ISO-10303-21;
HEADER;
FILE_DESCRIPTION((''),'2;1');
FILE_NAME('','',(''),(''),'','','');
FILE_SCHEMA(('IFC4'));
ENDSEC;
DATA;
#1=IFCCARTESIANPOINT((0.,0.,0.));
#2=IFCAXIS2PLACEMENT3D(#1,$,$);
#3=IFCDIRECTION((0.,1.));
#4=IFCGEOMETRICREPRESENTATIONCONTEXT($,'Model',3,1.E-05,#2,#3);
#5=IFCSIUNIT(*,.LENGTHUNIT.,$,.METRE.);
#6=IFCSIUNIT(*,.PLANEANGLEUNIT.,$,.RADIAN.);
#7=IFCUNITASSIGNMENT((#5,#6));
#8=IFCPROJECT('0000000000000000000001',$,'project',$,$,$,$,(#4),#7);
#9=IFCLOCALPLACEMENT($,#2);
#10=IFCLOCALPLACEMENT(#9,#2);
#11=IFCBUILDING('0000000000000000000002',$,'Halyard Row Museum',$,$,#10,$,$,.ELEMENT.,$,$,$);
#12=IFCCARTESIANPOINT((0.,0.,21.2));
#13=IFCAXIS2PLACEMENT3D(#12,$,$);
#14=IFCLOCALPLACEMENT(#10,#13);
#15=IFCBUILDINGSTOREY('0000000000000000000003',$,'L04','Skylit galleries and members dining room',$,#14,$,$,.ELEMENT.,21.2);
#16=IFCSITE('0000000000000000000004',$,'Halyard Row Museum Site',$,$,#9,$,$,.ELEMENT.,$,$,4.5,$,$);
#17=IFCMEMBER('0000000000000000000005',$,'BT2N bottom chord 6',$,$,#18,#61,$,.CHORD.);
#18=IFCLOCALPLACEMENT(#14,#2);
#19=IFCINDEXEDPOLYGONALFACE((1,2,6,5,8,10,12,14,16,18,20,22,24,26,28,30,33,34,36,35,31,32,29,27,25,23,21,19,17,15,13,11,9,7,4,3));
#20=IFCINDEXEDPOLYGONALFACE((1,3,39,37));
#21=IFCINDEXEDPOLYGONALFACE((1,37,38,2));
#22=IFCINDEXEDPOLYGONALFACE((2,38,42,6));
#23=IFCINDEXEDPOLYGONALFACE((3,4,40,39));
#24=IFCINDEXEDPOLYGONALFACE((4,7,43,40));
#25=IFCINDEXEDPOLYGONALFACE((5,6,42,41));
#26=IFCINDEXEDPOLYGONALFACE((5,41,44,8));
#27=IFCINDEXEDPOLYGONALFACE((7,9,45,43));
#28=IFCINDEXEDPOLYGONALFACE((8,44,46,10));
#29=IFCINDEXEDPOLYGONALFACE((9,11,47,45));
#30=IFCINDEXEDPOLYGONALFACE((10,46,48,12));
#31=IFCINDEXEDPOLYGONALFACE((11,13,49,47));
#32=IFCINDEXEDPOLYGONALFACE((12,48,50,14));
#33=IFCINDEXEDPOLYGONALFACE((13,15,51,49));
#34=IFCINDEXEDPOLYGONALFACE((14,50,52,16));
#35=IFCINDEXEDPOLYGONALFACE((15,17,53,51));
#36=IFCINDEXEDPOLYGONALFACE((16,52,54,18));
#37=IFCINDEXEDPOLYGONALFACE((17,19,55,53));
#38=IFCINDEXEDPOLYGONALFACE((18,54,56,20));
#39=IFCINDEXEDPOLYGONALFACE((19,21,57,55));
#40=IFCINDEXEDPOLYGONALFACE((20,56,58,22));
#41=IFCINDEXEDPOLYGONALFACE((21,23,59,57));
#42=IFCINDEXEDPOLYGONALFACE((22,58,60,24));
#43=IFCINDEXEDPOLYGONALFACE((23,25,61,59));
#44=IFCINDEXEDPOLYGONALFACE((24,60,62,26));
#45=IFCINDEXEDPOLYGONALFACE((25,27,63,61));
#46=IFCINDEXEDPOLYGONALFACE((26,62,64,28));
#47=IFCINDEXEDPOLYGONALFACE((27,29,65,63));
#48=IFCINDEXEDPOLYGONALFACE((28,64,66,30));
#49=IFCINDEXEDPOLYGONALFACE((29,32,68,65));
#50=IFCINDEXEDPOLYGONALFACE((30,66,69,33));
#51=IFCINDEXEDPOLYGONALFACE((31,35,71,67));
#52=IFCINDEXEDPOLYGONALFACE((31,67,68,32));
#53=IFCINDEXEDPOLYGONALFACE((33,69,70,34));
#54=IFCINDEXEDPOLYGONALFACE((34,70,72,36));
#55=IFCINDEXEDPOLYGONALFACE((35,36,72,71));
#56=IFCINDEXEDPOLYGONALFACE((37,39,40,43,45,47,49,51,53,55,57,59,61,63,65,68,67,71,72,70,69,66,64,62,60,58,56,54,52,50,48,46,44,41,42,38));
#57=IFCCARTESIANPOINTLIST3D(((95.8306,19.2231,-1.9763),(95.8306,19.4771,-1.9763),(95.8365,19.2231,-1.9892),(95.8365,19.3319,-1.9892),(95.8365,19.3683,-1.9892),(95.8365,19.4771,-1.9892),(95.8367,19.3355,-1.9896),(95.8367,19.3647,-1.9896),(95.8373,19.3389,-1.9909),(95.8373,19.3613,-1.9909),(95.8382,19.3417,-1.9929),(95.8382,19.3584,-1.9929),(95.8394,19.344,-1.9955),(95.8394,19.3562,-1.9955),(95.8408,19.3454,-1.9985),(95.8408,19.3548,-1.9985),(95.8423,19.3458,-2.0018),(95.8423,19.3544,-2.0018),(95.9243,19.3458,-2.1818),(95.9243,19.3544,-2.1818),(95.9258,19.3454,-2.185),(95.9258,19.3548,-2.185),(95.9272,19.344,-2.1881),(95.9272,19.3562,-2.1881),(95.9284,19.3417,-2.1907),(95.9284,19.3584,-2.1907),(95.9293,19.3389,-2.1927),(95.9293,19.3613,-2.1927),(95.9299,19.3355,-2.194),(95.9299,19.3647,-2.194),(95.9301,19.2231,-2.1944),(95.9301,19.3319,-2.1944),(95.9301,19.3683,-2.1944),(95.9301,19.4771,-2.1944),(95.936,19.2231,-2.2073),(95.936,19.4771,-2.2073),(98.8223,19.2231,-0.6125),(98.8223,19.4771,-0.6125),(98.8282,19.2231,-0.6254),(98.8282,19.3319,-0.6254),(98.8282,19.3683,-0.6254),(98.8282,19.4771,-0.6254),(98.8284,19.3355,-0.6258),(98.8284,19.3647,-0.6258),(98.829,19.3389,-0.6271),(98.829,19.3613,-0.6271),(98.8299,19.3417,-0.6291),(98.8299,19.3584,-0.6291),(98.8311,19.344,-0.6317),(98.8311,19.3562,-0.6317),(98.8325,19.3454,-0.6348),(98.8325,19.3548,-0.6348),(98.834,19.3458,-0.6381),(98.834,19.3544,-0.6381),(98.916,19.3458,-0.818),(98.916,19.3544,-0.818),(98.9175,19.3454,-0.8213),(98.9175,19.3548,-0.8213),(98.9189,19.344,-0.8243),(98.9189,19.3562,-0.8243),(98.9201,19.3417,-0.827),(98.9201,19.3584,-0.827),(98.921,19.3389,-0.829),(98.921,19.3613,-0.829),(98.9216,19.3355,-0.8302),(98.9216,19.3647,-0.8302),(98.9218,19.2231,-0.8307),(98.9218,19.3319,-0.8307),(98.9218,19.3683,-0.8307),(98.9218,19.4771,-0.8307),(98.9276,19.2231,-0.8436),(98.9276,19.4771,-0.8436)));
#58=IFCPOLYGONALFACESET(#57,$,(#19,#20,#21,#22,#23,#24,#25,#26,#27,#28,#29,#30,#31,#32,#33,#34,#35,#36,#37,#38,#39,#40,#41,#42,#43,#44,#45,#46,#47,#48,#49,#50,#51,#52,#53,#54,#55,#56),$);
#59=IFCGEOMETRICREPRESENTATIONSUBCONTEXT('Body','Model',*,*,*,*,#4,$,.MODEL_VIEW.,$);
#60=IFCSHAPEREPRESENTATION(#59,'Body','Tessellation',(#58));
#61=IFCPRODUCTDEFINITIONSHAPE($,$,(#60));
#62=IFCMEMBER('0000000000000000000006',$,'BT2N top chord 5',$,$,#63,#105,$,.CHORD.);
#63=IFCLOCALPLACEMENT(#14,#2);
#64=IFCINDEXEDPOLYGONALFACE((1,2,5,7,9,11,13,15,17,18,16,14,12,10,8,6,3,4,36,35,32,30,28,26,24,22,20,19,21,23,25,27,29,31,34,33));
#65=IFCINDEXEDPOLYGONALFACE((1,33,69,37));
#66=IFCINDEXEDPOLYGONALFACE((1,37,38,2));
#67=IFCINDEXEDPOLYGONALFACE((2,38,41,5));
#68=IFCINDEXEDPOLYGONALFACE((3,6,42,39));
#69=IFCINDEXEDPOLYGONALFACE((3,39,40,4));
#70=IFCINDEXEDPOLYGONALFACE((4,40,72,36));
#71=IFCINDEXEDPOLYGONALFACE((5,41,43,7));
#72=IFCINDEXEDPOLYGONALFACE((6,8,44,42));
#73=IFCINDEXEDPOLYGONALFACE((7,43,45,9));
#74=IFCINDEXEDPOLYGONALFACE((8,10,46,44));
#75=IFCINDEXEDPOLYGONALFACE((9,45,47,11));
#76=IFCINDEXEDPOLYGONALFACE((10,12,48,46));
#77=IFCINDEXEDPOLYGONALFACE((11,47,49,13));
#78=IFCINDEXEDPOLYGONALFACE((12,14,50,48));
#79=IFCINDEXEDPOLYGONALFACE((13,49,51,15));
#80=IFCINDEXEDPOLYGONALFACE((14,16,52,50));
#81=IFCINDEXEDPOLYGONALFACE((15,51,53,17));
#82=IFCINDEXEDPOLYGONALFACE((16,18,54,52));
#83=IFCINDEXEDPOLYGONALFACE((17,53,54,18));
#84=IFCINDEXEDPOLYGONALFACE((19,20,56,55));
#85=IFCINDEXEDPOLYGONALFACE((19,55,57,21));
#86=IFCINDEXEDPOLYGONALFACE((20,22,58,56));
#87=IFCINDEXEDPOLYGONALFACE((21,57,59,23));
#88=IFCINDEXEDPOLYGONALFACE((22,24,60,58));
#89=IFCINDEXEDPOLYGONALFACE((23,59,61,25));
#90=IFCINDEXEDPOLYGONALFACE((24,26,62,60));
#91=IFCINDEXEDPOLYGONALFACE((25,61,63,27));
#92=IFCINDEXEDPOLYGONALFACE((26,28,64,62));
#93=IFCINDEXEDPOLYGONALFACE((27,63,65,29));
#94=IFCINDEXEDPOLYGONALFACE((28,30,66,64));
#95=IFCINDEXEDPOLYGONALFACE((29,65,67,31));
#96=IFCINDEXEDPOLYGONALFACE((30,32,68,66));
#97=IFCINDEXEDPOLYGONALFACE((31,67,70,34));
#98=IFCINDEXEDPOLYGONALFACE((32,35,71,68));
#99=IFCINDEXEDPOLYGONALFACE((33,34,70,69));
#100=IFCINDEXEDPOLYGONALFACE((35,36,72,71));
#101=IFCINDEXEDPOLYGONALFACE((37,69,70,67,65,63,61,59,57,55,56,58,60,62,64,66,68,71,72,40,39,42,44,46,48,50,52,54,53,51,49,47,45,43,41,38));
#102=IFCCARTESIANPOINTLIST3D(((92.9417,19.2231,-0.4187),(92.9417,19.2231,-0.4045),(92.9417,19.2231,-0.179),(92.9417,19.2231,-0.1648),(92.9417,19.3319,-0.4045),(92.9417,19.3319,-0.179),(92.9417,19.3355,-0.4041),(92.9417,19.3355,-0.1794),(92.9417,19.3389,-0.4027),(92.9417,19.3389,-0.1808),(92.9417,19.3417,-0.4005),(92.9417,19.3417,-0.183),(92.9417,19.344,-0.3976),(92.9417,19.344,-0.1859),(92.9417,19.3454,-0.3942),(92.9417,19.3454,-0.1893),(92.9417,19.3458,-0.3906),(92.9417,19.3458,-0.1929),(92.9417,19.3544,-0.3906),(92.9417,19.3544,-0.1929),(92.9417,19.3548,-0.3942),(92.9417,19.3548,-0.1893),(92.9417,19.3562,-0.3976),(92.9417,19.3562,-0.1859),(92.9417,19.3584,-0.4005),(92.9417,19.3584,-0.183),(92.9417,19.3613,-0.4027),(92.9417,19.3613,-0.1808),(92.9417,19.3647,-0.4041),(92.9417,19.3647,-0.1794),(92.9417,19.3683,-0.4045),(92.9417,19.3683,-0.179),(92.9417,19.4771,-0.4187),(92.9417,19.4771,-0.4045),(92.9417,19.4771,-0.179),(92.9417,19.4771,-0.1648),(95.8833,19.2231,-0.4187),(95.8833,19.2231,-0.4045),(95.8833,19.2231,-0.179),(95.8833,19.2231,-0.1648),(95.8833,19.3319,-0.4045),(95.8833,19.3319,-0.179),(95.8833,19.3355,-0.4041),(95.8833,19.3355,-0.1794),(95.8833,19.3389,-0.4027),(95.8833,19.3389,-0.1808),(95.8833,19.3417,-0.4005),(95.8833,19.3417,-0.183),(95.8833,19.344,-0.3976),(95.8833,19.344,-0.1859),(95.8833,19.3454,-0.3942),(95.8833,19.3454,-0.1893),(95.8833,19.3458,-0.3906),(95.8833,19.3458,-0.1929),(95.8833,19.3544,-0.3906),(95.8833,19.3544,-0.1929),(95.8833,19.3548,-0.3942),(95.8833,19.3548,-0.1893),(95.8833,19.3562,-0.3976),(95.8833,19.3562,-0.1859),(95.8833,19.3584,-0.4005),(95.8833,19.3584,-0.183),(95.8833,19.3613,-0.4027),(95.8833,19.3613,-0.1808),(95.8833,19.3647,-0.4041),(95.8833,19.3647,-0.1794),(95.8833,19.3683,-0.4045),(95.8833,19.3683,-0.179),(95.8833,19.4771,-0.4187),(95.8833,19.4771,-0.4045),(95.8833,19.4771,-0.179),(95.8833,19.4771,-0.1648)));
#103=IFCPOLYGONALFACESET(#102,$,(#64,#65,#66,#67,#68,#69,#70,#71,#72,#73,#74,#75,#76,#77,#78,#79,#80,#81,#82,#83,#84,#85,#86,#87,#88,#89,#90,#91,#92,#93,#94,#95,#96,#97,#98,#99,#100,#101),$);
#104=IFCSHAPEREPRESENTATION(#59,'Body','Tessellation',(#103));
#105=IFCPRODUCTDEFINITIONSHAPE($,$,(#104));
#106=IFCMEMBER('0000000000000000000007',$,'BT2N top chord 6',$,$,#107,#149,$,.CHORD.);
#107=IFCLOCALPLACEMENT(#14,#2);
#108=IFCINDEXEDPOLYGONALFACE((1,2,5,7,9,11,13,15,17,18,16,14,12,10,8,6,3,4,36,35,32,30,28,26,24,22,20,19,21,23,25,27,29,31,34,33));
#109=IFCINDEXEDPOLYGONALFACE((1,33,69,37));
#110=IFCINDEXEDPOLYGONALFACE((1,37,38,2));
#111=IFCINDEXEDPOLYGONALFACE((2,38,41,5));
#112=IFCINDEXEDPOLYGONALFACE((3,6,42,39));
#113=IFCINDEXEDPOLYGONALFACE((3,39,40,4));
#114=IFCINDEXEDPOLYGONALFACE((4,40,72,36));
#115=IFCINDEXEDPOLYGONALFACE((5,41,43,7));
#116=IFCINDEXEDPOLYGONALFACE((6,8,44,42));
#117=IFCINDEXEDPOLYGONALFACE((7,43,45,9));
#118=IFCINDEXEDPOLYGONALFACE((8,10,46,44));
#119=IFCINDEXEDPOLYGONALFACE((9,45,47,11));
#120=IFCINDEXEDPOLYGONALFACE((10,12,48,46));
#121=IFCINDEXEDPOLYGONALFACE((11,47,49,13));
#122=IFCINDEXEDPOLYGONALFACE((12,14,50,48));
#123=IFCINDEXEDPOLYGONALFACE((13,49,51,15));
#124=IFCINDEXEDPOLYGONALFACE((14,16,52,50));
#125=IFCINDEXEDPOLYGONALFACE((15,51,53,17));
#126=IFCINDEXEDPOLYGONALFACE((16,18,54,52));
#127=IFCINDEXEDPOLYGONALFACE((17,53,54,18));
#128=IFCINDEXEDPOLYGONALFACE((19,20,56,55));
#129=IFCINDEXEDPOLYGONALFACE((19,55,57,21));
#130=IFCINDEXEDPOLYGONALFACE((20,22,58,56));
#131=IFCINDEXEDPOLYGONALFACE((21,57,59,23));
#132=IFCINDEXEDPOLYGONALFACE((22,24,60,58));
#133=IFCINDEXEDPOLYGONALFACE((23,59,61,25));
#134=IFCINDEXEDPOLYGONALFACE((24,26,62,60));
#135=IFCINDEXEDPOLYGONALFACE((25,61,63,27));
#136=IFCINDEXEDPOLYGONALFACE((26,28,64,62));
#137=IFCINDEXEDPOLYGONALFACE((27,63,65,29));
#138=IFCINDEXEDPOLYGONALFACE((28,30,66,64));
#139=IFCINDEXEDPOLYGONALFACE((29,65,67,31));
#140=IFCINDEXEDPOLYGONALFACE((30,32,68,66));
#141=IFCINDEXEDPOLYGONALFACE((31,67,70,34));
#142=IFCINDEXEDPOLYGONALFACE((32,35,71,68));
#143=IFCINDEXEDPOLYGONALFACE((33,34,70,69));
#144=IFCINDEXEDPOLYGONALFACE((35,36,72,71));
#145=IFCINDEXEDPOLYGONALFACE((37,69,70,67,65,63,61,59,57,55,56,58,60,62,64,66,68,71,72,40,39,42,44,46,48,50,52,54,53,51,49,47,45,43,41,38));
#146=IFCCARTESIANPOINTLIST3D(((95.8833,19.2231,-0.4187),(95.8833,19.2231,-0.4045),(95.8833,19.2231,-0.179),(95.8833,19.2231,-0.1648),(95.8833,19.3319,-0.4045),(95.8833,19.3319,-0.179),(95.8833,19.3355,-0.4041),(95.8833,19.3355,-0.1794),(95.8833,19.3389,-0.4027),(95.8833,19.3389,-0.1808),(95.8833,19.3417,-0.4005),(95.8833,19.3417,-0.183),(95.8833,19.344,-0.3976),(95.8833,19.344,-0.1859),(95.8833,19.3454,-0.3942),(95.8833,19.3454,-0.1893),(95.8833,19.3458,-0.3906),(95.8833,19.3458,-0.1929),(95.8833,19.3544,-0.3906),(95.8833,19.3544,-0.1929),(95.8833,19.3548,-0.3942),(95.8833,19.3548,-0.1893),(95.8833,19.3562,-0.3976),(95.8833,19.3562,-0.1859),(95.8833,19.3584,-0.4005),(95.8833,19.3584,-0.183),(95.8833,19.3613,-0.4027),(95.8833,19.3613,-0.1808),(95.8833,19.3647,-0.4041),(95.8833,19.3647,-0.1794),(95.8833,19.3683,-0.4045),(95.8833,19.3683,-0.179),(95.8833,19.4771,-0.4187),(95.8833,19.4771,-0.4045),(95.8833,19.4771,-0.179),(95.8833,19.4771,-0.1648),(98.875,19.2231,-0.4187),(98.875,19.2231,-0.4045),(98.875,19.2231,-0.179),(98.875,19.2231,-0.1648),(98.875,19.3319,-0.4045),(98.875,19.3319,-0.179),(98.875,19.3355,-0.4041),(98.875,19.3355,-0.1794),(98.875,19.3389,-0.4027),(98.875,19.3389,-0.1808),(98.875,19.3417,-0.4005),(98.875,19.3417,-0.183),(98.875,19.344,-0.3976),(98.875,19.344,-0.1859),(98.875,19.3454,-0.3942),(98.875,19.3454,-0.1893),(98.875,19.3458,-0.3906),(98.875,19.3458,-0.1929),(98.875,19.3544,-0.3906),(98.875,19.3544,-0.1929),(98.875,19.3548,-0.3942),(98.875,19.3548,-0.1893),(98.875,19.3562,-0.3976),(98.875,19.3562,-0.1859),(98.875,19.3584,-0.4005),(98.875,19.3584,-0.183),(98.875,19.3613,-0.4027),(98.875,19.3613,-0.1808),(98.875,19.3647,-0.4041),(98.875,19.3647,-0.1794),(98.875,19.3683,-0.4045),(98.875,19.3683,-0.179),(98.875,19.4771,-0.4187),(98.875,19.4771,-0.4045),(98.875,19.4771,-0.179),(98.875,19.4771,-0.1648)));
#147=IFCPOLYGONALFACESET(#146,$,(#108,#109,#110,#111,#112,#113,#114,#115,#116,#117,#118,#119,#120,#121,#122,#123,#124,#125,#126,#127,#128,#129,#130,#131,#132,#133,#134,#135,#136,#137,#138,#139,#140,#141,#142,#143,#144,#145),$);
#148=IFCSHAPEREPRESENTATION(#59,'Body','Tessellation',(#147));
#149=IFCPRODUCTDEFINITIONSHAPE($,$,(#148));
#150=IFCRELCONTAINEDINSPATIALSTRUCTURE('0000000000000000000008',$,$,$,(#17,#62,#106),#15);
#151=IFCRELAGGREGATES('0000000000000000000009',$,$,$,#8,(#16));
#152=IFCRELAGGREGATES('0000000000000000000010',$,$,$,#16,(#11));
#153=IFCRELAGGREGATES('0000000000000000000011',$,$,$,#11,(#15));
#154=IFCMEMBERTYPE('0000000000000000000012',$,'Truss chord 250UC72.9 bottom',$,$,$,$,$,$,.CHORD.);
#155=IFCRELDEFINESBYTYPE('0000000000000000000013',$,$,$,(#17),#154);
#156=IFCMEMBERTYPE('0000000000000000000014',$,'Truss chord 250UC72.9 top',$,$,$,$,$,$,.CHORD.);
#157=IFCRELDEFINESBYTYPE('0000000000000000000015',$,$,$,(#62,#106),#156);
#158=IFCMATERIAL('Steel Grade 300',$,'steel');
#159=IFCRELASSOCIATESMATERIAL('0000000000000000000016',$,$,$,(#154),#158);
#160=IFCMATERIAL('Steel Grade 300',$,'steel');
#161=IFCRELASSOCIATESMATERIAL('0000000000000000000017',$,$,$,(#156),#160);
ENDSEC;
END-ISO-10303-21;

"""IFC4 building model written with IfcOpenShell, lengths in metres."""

from ifc_helpers import new_model, si_unit, direction, frame, origin, origin_2d, place, context, subcontext, project, spatial, i_section, extrude, material, material_profile, profile_set, type_object, element, save


model = new_model("IFC4")

# Units and contexts
model_context = context("Model", 3, precision=1e-05, world=origin(), true_north=direction((0.0, 1.0)))
body_context = subcontext(model_context, "Body", "Model", "MODEL_VIEW")
ifc_project = project(units=[si_unit("LENGTHUNIT", "METRE"), si_unit("PLANEANGLEUNIT", "RADIAN")], contexts=[model_context])

# Site, building, storey
site_placement = place(None, origin())
site = spatial("IfcSite", under=ifc_project, at=site_placement, Name="Halyard Row Museum Site", CompositionType="ELEMENT", RefElevation=4.5)
building_placement = place(site_placement, origin())
building = spatial("IfcBuilding", under=site, at=building_placement, Name="Halyard Row Museum", CompositionType="ELEMENT")
storey_placement = place(building_placement, frame((0.0, 0.0, 21.2)))
storey = spatial("IfcBuildingStorey", under=building, at=storey_placement, Name="L04", Description="Skylit galleries and members dining room", CompositionType="ELEMENT", Elevation=21.2)

# Members
ifc_material_1 = material(Name="Steel Grade 300", Category="steel")
ifc_material_profile_1 = material_profile(ifc_material_1, i_section(OverallWidth=0.2539, OverallDepth=0.2539, WebThickness=0.0085, FlangeThickness=0.0142, FilletRadius=0.0139, at=origin_2d()), Name="250UC72.9")
ifc_profile_set_1 = profile_set([ifc_material_profile_1], Name="Steel Grade 300")
member_type_1 = type_object("IfcMemberType", Name="Truss chord 250UC72.9 bottom", PredefinedType="CHORD", material=ifc_profile_set_1)
member_1_placement = place(storey_placement, frame((95.8833, 19.3501, -2.0918), z_axis=(0.909918, 0.0, 0.414787), x_axis=(0.0, 1.0, 0.0)))
element("IfcMember", 1, at=member_1_placement, inside=storey, type_object=member_type_1, Name="BT2N bottom chord 6", PredefinedType="CHORD", context=body_context, shape_type="SweptSolid", body=[
    extrude(i_section(OverallWidth=0.2539, OverallDepth=0.2539, WebThickness=0.0085, FlangeThickness=0.0142, FilletRadius=0.0139, at=origin_2d()), origin(), (0.0, 0.0, 1.0), 3.2878),
])
ifc_material_2 = material(Name="Steel Grade 300", Category="steel")
ifc_material_profile_2 = material_profile(ifc_material_2, i_section(OverallWidth=0.2539, OverallDepth=0.2539, WebThickness=0.0085, FlangeThickness=0.0142, FilletRadius=0.0139, at=origin_2d()), Name="250UC72.9")
ifc_profile_set_2 = profile_set([ifc_material_profile_2], Name="Steel Grade 300")
member_type_2 = type_object("IfcMemberType", Name="Truss chord 250UC72.9 top", PredefinedType="CHORD", material=ifc_profile_set_2)
member_2_placement = place(storey_placement, frame((92.9417, 19.3501, -0.2917), z_axis=(1.0, 0.0, 0.0), x_axis=(0.0, 1.0, 0.0)))
element("IfcMember", 2, at=member_2_placement, inside=storey, type_object=member_type_2, Name="BT2N top chord 5", PredefinedType="CHORD", context=body_context, shape_type="SweptSolid", body=[
    extrude(i_section(OverallWidth=0.2539, OverallDepth=0.2539, WebThickness=0.0085, FlangeThickness=0.0142, FilletRadius=0.0139, at=origin_2d()), origin(), (0.0, 0.0, 1.0), 2.9417),
])
member_3_placement = place(storey_placement, frame((95.8833, 19.3501, -0.2917), z_axis=(1.0, 0.0, 0.0), x_axis=(0.0, 1.0, 0.0)))
element("IfcMember", 3, at=member_3_placement, inside=storey, type_object=member_type_2, Name="BT2N top chord 6", PredefinedType="CHORD", context=body_context, shape_type="SweptSolid", body=[
    extrude(i_section(OverallWidth=0.2539, OverallDepth=0.2539, WebThickness=0.0085, FlangeThickness=0.0142, FilletRadius=0.0139, at=origin_2d()), origin(), (0.0, 0.0, 1.0), 2.9917),
])

save(model, "model.ifc")
